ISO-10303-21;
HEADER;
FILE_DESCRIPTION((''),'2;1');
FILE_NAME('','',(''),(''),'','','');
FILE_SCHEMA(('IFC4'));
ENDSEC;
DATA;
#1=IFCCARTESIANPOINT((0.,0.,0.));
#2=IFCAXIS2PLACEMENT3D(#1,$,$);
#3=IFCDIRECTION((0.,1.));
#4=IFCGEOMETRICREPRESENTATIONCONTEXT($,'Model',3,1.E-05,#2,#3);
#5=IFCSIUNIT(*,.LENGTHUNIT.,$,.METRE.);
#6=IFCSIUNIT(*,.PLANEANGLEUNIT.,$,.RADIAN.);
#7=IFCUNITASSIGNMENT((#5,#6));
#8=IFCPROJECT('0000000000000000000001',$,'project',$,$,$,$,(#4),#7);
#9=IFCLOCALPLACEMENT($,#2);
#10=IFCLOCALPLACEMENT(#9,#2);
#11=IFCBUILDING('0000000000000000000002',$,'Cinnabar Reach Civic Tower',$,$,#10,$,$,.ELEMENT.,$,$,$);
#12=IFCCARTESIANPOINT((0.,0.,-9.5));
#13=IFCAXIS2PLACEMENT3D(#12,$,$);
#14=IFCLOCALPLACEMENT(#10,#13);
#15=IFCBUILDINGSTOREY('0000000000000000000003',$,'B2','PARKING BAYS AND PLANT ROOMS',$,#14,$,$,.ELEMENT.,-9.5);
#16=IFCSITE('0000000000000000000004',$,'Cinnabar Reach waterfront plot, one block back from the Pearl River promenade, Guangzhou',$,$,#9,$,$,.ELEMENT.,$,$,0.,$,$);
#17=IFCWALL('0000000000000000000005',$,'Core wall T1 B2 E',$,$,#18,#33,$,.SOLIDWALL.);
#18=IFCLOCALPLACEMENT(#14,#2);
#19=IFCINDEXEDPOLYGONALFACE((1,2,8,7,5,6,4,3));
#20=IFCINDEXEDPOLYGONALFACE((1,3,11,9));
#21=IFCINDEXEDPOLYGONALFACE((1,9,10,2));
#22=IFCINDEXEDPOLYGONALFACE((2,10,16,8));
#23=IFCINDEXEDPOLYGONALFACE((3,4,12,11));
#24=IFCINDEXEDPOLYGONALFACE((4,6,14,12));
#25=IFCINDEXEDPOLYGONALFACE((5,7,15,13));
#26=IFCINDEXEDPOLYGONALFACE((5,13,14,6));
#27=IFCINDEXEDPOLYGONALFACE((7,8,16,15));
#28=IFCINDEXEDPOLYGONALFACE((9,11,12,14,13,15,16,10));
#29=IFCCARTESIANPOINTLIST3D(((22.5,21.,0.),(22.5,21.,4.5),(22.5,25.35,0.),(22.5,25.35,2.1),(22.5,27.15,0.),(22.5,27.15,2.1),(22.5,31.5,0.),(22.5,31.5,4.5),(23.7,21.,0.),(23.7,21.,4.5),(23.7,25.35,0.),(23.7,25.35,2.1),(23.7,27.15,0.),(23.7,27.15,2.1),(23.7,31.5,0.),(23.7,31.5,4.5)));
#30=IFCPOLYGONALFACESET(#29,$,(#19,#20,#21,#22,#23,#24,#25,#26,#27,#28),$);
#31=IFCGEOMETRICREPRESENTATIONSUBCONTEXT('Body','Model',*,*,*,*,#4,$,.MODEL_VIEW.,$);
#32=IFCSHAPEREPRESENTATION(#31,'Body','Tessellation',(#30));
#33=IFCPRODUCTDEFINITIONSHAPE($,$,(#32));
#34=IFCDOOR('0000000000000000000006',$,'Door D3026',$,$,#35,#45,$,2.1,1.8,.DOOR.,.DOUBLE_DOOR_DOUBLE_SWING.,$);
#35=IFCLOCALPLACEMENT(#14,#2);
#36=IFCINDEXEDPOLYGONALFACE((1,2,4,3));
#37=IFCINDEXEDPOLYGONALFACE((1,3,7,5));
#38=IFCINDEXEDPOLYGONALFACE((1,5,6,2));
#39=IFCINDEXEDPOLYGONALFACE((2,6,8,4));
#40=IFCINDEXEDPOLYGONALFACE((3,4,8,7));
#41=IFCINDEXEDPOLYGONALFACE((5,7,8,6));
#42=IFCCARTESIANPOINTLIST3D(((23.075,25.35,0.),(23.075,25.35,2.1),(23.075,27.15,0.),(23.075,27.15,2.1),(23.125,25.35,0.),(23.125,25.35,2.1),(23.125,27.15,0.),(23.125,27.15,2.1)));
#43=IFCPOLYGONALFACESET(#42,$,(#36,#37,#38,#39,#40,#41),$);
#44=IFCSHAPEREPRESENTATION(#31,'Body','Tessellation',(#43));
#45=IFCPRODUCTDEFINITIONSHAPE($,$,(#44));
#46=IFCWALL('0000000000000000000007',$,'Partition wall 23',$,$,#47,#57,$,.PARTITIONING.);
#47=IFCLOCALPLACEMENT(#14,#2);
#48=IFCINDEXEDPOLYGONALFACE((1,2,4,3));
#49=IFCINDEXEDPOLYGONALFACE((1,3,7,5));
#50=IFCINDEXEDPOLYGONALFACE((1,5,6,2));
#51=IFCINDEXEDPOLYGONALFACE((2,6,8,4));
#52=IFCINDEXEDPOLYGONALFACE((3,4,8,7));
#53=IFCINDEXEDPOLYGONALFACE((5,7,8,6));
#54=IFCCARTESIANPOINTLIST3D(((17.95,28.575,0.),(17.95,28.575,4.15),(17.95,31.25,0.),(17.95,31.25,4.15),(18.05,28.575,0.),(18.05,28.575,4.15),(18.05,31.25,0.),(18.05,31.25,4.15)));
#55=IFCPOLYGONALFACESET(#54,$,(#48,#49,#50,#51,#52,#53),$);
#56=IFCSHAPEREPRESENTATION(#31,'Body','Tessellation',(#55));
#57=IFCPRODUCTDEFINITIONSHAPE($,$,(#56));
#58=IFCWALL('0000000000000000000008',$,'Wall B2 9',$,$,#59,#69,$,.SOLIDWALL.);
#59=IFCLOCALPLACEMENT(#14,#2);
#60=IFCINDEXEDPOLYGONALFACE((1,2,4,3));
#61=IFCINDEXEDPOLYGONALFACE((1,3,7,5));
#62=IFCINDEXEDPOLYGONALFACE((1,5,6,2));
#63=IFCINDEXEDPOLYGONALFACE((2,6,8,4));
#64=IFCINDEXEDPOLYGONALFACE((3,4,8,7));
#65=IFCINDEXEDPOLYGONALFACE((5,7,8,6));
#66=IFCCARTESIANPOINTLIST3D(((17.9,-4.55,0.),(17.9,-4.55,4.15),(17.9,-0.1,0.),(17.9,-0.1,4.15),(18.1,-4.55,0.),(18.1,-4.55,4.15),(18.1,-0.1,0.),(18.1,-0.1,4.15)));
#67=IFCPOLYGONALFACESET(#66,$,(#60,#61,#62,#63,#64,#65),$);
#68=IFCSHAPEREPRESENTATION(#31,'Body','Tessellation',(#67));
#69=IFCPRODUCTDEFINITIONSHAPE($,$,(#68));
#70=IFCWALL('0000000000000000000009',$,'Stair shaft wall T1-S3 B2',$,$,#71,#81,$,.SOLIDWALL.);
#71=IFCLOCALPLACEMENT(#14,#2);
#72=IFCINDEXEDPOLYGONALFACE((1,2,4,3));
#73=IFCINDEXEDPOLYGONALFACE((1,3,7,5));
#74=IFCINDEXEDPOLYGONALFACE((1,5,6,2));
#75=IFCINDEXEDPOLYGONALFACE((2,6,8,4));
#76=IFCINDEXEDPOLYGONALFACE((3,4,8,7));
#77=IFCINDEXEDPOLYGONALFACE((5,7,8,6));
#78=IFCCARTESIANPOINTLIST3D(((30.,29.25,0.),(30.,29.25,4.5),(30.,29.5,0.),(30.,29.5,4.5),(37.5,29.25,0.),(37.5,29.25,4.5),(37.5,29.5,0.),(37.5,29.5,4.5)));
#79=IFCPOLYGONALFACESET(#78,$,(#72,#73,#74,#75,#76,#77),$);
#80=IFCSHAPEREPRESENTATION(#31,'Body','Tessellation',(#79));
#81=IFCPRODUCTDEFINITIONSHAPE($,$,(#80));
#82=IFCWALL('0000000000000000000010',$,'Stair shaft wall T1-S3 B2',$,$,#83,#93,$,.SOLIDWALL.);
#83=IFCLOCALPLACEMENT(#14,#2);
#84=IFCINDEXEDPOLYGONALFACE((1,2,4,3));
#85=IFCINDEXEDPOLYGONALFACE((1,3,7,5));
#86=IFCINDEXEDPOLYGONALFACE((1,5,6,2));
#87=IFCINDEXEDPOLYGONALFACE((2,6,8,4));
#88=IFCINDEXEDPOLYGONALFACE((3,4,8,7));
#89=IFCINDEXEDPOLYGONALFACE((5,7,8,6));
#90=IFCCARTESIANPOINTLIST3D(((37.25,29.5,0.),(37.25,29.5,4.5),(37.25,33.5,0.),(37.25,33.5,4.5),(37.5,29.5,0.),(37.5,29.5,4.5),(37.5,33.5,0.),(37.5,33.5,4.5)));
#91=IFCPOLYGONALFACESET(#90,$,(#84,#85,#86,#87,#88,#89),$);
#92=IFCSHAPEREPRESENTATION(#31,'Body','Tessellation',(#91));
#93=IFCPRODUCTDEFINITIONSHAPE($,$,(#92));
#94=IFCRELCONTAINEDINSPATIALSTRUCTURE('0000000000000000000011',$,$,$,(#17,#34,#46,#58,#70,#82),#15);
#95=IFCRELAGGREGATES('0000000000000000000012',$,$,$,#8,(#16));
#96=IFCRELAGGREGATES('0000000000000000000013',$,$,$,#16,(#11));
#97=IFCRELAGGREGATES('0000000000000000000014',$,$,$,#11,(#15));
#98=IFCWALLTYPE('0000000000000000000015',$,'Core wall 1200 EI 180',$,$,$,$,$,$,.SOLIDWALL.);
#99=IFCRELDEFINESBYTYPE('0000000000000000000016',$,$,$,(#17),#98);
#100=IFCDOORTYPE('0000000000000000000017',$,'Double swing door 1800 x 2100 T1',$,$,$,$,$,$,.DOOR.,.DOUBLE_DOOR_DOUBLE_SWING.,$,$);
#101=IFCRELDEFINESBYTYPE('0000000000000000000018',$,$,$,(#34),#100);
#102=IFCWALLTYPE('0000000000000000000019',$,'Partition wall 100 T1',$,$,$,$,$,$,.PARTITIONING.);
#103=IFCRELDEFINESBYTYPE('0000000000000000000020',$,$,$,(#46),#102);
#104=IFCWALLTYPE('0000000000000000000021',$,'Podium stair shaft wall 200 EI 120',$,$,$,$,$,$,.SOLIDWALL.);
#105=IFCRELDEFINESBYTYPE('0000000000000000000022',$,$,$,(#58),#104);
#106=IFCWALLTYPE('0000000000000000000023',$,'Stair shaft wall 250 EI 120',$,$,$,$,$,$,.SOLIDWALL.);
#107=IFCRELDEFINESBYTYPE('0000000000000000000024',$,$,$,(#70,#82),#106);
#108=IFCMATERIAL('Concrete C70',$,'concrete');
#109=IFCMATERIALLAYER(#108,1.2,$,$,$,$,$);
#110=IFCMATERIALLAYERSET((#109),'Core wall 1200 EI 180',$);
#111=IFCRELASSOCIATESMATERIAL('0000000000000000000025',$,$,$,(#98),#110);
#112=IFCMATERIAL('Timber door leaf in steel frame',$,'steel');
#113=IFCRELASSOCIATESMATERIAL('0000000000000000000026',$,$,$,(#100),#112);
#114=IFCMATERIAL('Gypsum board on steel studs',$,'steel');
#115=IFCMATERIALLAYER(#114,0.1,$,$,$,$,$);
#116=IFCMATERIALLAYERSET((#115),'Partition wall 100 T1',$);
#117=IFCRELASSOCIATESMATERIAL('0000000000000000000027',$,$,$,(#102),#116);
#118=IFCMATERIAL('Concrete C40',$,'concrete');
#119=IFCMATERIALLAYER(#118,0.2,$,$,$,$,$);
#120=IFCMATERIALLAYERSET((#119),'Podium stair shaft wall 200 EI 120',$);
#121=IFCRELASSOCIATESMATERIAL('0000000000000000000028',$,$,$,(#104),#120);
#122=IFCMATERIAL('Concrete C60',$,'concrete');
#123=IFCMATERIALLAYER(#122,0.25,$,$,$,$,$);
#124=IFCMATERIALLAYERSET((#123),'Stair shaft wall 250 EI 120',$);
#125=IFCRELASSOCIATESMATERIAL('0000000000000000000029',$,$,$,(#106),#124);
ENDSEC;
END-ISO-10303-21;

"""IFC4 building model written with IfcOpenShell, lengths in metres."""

from ifc_helpers import new_model, si_unit, direction, frame, frame_2d, origin, place, context, subcontext, project, spatial, rectangle, extrude, material, layer, layer_set, type_object, element, fill, save


model = new_model("IFC4")

# Units and contexts
model_context = context("Model", 3, precision=1e-05, world=origin(), true_north=direction((0.0, 1.0)))
body_context = subcontext(model_context, "Body", "Model", "MODEL_VIEW")
ifc_project = project(units=[si_unit("LENGTHUNIT", "METRE"), si_unit("PLANEANGLEUNIT", "RADIAN")], contexts=[model_context])

# Site, building, storey
site_placement = place(None, origin())
site = spatial("IfcSite", under=ifc_project, at=site_placement, Name="Cinnabar Reach waterfront plot, one block back from the Pearl River promenade, Guangzhou", CompositionType="ELEMENT", RefElevation=0.0)
building_placement = place(site_placement, origin())
building = spatial("IfcBuilding", under=site, at=building_placement, Name="Cinnabar Reach Civic Tower", CompositionType="ELEMENT")
storey_placement = place(building_placement, frame((0.0, 0.0, -9.5)))
storey = spatial("IfcBuildingStorey", under=building, at=storey_placement, Name="B2", Description="PARKING BAYS AND PLANT ROOMS", CompositionType="ELEMENT", Elevation=-9.5)

# Shared definitions
ifc_material_1 = material(Name="Concrete C70", Category="concrete")

# Wall, opening, door
ifc_layer_1 = layer(ifc_material_1, 1.2)
ifc_layer_set_1 = layer_set([ifc_layer_1], Name="Core wall 1200 EI 180")
wall_type_1 = type_object("IfcWallType", Name="Core wall 1200 EI 180", PredefinedType="SOLIDWALL", material=ifc_layer_set_1)
wall_1_placement = place(storey_placement, frame((23.1, 21.0, 0.0), z_axis=(0.0, 0.0, 1.0), x_axis=(0.0, 1.0, 0.0)))
wall_1 = element("IfcWall", 1, at=wall_1_placement, inside=storey, type_object=wall_type_1, Name="Core wall T1 B2 E", PredefinedType="SOLIDWALL", context=body_context, shape_type="SweptSolid", body=[
    extrude(rectangle(XDim=10.5, YDim=1.2, at=frame_2d((5.25, 0.0))), origin(), (0.0, 0.0, 1.0), 4.5),
])
opening_placement = place(wall_1_placement, frame((4.35, 0.0, 0.0)))
opening = element("IfcOpeningElement", 2, at=opening_placement, cuts=wall_1, PredefinedType="OPENING", context=body_context, shape_type="SweptSolid", body=[
    extrude(rectangle(XDim=1.8, YDim=2.1, at=frame_2d((0.9, 1.05))), frame((0.0, 0.61, 0.0), z_axis=(0.0, -1.0, 0.0), x_axis=(1.0, 0.0, 0.0)), (0.0, 0.0, 1.0), 1.22),
])
ifc_material_2 = material(Name="Timber door leaf in steel frame", Category="steel")
door_type = type_object("IfcDoorType", Name="Double swing door 1800 x 2100 T1", OperationType="DOUBLE_DOOR_DOUBLE_SWING", PredefinedType="DOOR", material=ifc_material_2)
door_placement = place(opening_placement, frame((1.8, 0.0, 0.0), z_axis=(0.0, 0.0, 1.0), x_axis=(-1.0, 0.0, 0.0)))
door = element("IfcDoor", 3, at=door_placement, inside=storey, type_object=door_type, Name="Door D3026", OperationType="DOUBLE_DOOR_DOUBLE_SWING", OverallHeight=2.1, OverallWidth=1.8, PredefinedType="DOOR", context=body_context, shape_type="SweptSolid", body=[
    extrude(rectangle(XDim=1.8, YDim=2.1, at=frame_2d((0.9, 1.05))), frame((0.0, 0.025, 0.0), z_axis=(0.0, -1.0, 0.0), x_axis=(1.0, 0.0, 0.0)), (0.0, 0.0, 1.0), 0.05),
])
fill(opening, door)

# Walls
ifc_material_3 = material(Name="Gypsum board on steel studs", Category="steel")
ifc_layer_2 = layer(ifc_material_3, 0.1)
ifc_layer_set_2 = layer_set([ifc_layer_2], Name="Partition wall 100 T1")
wall_type_2 = type_object("IfcWallType", Name="Partition wall 100 T1", PredefinedType="PARTITIONING", material=ifc_layer_set_2)
wall_2_placement = place(storey_placement, frame((18.0, 28.575, 0.0), z_axis=(0.0, 0.0, 1.0), x_axis=(0.0, 1.0, 0.0)))
element("IfcWall", 4, at=wall_2_placement, inside=storey, type_object=wall_type_2, Name="Partition wall 23", PredefinedType="PARTITIONING", context=body_context, shape_type="SweptSolid", body=[
    extrude(rectangle(XDim=2.675, YDim=0.1, at=frame_2d((1.3375, 0.0))), origin(), (0.0, 0.0, 1.0), 4.15),
])
ifc_material_4 = material(Name="Concrete C40", Category="concrete")
ifc_layer_3 = layer(ifc_material_4, 0.2)
ifc_layer_set_3 = layer_set([ifc_layer_3], Name="Podium stair shaft wall 200 EI 120")
wall_type_3 = type_object("IfcWallType", Name="Podium stair shaft wall 200 EI 120", PredefinedType="SOLIDWALL", material=ifc_layer_set_3)
wall_3_placement = place(storey_placement, frame((18.0, -4.55, 0.0), z_axis=(0.0, 0.0, 1.0), x_axis=(0.0, 1.0, 0.0)))
element("IfcWall", 5, at=wall_3_placement, inside=storey, type_object=wall_type_3, Name="Wall B2 9", PredefinedType="SOLIDWALL", context=body_context, shape_type="SweptSolid", body=[
    extrude(rectangle(XDim=4.45, YDim=0.2, at=frame_2d((2.225, 0.0))), origin(), (0.0, 0.0, 1.0), 4.15),
])
ifc_material_5 = material(Name="Concrete C60", Category="concrete")
ifc_layer_4 = layer(ifc_material_5, 0.25)
ifc_layer_set_4 = layer_set([ifc_layer_4], Name="Stair shaft wall 250 EI 120")
wall_type_4 = type_object("IfcWallType", Name="Stair shaft wall 250 EI 120", PredefinedType="SOLIDWALL", material=ifc_layer_set_4)
wall_4_placement = place(storey_placement, frame((30.0, 29.375, 0.0), z_axis=(0.0, 0.0, 1.0), x_axis=(1.0, 0.0, 0.0)))
element("IfcWall", 6, at=wall_4_placement, inside=storey, type_object=wall_type_4, Name="Stair shaft wall T1-S3 B2", PredefinedType="SOLIDWALL", context=body_context, shape_type="SweptSolid", body=[
    extrude(rectangle(XDim=7.5, YDim=0.25, at=frame_2d((3.75, 0.0))), origin(), (0.0, 0.0, 1.0), 4.5),
])
wall_5_placement = place(storey_placement, frame((37.375, 29.5, 0.0), z_axis=(0.0, 0.0, 1.0), x_axis=(0.0, 1.0, 0.0)))
element("IfcWall", 7, at=wall_5_placement, inside=storey, type_object=wall_type_4, Name="Stair shaft wall T1-S3 B2", PredefinedType="SOLIDWALL", context=body_context, shape_type="SweptSolid", body=[
    extrude(rectangle(XDim=4.0, YDim=0.25, at=frame_2d((2.0, 0.0))), origin(), (0.0, 0.0, 1.0), 4.5),
])

save(model, "model.ifc")
